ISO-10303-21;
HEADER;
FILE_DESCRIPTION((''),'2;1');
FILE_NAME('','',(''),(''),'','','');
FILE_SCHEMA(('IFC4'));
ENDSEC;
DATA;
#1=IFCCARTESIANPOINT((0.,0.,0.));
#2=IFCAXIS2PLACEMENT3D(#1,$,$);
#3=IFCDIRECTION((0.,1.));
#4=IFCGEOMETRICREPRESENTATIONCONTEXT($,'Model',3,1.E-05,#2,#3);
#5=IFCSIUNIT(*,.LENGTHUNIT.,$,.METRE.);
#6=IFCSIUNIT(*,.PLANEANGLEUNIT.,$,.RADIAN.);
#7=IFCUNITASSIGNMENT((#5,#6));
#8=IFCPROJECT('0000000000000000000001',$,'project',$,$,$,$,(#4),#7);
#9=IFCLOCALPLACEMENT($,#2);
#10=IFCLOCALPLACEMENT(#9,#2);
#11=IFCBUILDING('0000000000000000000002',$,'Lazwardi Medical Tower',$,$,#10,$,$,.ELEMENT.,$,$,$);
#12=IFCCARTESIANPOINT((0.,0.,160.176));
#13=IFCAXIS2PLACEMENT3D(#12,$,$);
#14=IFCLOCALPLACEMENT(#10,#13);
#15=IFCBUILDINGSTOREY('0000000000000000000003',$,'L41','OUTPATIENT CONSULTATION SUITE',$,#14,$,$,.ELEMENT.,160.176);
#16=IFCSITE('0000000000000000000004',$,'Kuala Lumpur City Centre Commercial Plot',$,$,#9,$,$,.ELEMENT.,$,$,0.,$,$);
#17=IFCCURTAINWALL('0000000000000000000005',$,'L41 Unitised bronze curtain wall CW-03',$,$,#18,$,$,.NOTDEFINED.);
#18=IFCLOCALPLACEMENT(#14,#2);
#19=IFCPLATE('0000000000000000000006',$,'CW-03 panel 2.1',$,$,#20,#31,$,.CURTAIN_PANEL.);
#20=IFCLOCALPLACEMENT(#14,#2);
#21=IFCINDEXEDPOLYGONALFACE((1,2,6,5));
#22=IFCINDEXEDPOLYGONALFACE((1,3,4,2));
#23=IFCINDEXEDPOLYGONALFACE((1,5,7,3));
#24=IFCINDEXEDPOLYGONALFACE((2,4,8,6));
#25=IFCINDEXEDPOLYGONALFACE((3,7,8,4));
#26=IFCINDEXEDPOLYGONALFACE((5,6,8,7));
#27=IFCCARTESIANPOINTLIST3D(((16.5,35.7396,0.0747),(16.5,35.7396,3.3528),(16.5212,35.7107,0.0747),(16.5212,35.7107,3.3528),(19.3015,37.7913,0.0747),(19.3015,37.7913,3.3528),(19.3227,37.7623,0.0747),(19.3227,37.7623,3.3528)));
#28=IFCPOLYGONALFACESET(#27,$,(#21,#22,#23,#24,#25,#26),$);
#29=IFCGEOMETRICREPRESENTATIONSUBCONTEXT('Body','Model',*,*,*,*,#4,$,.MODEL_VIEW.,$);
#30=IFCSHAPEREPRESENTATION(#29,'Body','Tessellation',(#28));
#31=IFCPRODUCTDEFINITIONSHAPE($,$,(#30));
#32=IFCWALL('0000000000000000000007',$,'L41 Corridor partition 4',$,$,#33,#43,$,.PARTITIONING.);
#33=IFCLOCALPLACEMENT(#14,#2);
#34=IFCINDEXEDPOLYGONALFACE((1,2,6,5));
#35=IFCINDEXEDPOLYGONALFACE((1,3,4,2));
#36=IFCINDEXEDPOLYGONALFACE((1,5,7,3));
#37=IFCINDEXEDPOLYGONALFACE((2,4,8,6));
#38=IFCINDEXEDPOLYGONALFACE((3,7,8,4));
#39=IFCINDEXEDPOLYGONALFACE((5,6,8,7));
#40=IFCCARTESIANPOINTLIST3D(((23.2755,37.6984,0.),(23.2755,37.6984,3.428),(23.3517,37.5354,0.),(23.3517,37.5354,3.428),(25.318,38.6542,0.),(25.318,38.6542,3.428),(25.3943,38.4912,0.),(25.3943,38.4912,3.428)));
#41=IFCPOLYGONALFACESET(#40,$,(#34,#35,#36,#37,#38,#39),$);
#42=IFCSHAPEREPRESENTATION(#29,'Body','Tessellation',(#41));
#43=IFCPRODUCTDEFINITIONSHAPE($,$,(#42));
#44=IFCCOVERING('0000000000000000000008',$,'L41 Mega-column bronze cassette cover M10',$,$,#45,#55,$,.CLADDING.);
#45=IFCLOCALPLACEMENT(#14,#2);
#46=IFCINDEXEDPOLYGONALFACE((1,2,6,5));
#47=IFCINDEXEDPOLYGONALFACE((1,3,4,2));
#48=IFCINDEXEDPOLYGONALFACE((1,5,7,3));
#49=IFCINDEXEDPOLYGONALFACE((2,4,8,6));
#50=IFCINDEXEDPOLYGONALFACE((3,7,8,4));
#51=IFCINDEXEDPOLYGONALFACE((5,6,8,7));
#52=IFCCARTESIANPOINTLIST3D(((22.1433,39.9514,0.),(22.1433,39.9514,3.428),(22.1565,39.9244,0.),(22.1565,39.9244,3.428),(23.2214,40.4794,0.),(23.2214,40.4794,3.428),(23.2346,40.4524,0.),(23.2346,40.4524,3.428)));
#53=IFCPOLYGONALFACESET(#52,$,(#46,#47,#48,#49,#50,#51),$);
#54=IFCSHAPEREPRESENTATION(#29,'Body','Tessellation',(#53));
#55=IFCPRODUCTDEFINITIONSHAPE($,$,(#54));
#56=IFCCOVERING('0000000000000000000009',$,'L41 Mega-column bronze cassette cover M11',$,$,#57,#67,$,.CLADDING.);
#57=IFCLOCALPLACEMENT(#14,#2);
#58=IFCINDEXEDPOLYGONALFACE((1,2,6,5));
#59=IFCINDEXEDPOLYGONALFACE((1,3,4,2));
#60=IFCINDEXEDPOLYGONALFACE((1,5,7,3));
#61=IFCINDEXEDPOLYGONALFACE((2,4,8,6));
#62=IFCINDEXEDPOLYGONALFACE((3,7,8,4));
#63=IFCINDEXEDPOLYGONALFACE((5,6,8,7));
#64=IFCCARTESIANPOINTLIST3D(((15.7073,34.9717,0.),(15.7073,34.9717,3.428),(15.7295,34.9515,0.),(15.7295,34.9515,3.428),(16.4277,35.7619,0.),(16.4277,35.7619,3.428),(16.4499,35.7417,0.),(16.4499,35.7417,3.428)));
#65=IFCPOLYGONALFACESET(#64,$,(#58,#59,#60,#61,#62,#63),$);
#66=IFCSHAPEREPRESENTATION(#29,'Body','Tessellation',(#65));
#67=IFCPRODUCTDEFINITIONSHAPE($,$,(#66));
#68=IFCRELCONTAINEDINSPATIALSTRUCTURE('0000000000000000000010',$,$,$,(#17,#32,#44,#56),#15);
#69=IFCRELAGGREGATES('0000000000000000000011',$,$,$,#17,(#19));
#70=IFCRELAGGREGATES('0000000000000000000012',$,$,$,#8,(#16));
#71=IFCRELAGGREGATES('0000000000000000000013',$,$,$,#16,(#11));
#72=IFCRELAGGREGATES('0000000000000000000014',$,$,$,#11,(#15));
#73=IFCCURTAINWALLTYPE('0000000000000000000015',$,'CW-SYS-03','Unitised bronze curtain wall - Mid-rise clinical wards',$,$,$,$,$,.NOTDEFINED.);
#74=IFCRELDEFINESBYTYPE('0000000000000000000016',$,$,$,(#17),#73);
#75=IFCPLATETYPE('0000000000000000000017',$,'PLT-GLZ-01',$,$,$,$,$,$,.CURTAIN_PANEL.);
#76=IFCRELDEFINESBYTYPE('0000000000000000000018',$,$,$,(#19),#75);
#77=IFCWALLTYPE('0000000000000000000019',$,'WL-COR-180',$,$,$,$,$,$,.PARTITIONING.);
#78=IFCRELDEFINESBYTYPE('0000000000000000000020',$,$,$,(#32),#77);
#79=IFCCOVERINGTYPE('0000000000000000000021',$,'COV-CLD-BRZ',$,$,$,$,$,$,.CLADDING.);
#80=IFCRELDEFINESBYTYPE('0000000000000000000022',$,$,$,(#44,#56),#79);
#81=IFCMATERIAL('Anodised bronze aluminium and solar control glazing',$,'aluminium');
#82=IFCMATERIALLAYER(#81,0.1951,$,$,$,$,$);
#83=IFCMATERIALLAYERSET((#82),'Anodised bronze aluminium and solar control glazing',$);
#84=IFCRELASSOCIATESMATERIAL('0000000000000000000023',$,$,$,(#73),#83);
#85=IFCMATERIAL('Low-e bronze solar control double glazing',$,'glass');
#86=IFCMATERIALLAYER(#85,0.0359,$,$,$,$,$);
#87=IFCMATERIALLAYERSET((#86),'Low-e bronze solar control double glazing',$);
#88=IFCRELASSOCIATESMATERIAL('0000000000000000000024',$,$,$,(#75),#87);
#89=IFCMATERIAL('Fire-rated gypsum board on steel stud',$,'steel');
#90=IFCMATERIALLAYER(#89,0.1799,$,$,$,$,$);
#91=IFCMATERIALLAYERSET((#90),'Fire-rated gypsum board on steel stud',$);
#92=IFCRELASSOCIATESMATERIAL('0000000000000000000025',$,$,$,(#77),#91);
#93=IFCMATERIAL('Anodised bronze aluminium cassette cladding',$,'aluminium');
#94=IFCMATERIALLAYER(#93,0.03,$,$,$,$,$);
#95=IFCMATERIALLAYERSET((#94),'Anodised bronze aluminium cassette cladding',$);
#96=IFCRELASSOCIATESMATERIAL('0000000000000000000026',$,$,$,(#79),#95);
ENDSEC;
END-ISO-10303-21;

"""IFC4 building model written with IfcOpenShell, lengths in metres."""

from ifc_helpers import new_model, si_unit, direction, frame, frame_2d, origin, origin_2d, place, context, subcontext, project, spatial, rectangle, extrude, material, layer, layer_set, type_object, element, aggregate, save


model = new_model("IFC4")

# Units and contexts
model_context = context("Model", 3, precision=1e-05, world=origin(), true_north=direction((0.0, 1.0)))
body_context = subcontext(model_context, "Body", "Model", "MODEL_VIEW")
ifc_project = project(units=[si_unit("LENGTHUNIT", "METRE"), si_unit("PLANEANGLEUNIT", "RADIAN")], contexts=[model_context])

# Site, building, storey
site_placement = place(None, origin())
site = spatial("IfcSite", under=ifc_project, at=site_placement, Name="Kuala Lumpur City Centre Commercial Plot", CompositionType="ELEMENT", RefElevation=0.0)
building_placement = place(site_placement, origin())
building = spatial("IfcBuilding", under=site, at=building_placement, Name="Lazwardi Medical Tower", CompositionType="ELEMENT")
storey_placement = place(building_placement, frame((0.0, 0.0, 160.176)))
storey = spatial("IfcBuildingStorey", under=building, at=storey_placement, Name="L41", Description="OUTPATIENT CONSULTATION SUITE", CompositionType="ELEMENT", Elevation=160.176)

# Shared definitions
ifc_material_1 = material(Name="Anodised bronze aluminium and solar control glazing", Category="aluminium")
ifc_layer_1 = layer(ifc_material_1, 0.1951)
ifc_layer_set_1 = layer_set([ifc_layer_1], Name="Anodised bronze aluminium and solar control glazing")
curtain_wall_type = type_object("IfcCurtainWallType", Name="CW-SYS-03", Description="Unitised bronze curtain wall - Mid-rise clinical wards", PredefinedType="NOTDEFINED", material=ifc_layer_set_1)

# Curtain wall
curtain_wall_1_placement = place(storey_placement, origin())
curtain_wall_1 = element("IfcCurtainWall", 1, at=curtain_wall_1_placement, inside=storey, type_object=curtain_wall_type, Name="L41 Unitised bronze curtain wall CW-03", PredefinedType="NOTDEFINED")

# Plate
ifc_material_2 = material(Name="Low-e bronze solar control double glazing", Category="glass")
ifc_layer_2 = layer(ifc_material_2, 0.0359)
ifc_layer_set_2 = layer_set([ifc_layer_2], Name="Low-e bronze solar control double glazing")
plate_type = type_object("IfcPlateType", Name="PLT-GLZ-01", PredefinedType="CURTAIN_PANEL", material=ifc_layer_set_2)
plate_1_placement = place(storey_placement, frame((17.9114, 36.751, 0.0747), z_axis=(0.0, 0.0, 1.0), x_axis=(-0.806793, -0.590834, 0.0)))
plate_1 = element("IfcPlate", 2, at=plate_1_placement, type_object=plate_type, Name="CW-03 panel 2.1", PredefinedType="CURTAIN_PANEL", context=body_context, shape_type="SweptSolid", body=[
    extrude(rectangle(XDim=3.4724, YDim=0.0359, at=origin_2d()), origin(), (0.0, 0.0, 1.0), 3.2781),
])
aggregate(curtain_wall_1, [plate_1])

# Wall
ifc_material_3 = material(Name="Fire-rated gypsum board on steel stud", Category="steel")
ifc_layer_3 = layer(ifc_material_3, 0.1799)
ifc_layer_set_3 = layer_set([ifc_layer_3], Name="Fire-rated gypsum board on steel stud")
wall_type = type_object("IfcWallType", Name="WL-COR-180", PredefinedType="PARTITIONING", material=ifc_layer_set_3)
wall_placement = place(storey_placement, frame((23.3137, 37.6169, 0.0), z_axis=(0.0, 0.0, 1.0), x_axis=(0.905732, 0.423851, 0.0)))
element("IfcWall", 3, at=wall_placement, inside=storey, type_object=wall_type, Name="L41 Corridor partition 4", PredefinedType="PARTITIONING", context=body_context, shape_type="SweptSolid", body=[
    extrude(rectangle(XDim=2.2551, YDim=0.1799, at=frame_2d((1.1274, 0.0))), origin(), (0.0, 0.0, 1.0), 3.428),
])

# Coverings
ifc_material_4 = material(Name="Anodised bronze aluminium cassette cladding", Category="aluminium")
ifc_layer_4 = layer(ifc_material_4, 0.03)
ifc_layer_set_4 = layer_set([ifc_layer_4], Name="Anodised bronze aluminium cassette cladding")
covering_type = type_object("IfcCoveringType", Name="COV-CLD-BRZ", PredefinedType="CLADDING", material=ifc_layer_set_4)
covering_1_placement = place(storey_placement, frame((22.689, 40.2019, 0.0), z_axis=(0.0, 0.0, 1.0), x_axis=(-0.898079, -0.439834, 0.0)))
element("IfcCovering", 4, at=covering_1_placement, inside=storey, type_object=covering_type, Name="L41 Mega-column bronze cassette cover M10", PredefinedType="CLADDING", context=body_context, shape_type="SweptSolid", body=[
    extrude(rectangle(XDim=1.2004, YDim=0.03, at=origin_2d()), origin(), (0.0, 0.0, 1.0), 3.428),
])
covering_2_placement = place(storey_placement, frame((16.0786, 35.3567, 0.0), z_axis=(0.0, 0.0, 1.0), x_axis=(-0.673714, -0.738992, 0.0)))
element("IfcCovering", 5, at=covering_2_placement, inside=storey, type_object=covering_type, Name="L41 Mega-column bronze cassette cover M11", PredefinedType="CLADDING", context=body_context, shape_type="SweptSolid", body=[
    extrude(rectangle(XDim=1.0693, YDim=0.03, at=origin_2d()), origin(), (0.0, 0.0, 1.0), 3.428),
])

save(model, "model.ifc")
